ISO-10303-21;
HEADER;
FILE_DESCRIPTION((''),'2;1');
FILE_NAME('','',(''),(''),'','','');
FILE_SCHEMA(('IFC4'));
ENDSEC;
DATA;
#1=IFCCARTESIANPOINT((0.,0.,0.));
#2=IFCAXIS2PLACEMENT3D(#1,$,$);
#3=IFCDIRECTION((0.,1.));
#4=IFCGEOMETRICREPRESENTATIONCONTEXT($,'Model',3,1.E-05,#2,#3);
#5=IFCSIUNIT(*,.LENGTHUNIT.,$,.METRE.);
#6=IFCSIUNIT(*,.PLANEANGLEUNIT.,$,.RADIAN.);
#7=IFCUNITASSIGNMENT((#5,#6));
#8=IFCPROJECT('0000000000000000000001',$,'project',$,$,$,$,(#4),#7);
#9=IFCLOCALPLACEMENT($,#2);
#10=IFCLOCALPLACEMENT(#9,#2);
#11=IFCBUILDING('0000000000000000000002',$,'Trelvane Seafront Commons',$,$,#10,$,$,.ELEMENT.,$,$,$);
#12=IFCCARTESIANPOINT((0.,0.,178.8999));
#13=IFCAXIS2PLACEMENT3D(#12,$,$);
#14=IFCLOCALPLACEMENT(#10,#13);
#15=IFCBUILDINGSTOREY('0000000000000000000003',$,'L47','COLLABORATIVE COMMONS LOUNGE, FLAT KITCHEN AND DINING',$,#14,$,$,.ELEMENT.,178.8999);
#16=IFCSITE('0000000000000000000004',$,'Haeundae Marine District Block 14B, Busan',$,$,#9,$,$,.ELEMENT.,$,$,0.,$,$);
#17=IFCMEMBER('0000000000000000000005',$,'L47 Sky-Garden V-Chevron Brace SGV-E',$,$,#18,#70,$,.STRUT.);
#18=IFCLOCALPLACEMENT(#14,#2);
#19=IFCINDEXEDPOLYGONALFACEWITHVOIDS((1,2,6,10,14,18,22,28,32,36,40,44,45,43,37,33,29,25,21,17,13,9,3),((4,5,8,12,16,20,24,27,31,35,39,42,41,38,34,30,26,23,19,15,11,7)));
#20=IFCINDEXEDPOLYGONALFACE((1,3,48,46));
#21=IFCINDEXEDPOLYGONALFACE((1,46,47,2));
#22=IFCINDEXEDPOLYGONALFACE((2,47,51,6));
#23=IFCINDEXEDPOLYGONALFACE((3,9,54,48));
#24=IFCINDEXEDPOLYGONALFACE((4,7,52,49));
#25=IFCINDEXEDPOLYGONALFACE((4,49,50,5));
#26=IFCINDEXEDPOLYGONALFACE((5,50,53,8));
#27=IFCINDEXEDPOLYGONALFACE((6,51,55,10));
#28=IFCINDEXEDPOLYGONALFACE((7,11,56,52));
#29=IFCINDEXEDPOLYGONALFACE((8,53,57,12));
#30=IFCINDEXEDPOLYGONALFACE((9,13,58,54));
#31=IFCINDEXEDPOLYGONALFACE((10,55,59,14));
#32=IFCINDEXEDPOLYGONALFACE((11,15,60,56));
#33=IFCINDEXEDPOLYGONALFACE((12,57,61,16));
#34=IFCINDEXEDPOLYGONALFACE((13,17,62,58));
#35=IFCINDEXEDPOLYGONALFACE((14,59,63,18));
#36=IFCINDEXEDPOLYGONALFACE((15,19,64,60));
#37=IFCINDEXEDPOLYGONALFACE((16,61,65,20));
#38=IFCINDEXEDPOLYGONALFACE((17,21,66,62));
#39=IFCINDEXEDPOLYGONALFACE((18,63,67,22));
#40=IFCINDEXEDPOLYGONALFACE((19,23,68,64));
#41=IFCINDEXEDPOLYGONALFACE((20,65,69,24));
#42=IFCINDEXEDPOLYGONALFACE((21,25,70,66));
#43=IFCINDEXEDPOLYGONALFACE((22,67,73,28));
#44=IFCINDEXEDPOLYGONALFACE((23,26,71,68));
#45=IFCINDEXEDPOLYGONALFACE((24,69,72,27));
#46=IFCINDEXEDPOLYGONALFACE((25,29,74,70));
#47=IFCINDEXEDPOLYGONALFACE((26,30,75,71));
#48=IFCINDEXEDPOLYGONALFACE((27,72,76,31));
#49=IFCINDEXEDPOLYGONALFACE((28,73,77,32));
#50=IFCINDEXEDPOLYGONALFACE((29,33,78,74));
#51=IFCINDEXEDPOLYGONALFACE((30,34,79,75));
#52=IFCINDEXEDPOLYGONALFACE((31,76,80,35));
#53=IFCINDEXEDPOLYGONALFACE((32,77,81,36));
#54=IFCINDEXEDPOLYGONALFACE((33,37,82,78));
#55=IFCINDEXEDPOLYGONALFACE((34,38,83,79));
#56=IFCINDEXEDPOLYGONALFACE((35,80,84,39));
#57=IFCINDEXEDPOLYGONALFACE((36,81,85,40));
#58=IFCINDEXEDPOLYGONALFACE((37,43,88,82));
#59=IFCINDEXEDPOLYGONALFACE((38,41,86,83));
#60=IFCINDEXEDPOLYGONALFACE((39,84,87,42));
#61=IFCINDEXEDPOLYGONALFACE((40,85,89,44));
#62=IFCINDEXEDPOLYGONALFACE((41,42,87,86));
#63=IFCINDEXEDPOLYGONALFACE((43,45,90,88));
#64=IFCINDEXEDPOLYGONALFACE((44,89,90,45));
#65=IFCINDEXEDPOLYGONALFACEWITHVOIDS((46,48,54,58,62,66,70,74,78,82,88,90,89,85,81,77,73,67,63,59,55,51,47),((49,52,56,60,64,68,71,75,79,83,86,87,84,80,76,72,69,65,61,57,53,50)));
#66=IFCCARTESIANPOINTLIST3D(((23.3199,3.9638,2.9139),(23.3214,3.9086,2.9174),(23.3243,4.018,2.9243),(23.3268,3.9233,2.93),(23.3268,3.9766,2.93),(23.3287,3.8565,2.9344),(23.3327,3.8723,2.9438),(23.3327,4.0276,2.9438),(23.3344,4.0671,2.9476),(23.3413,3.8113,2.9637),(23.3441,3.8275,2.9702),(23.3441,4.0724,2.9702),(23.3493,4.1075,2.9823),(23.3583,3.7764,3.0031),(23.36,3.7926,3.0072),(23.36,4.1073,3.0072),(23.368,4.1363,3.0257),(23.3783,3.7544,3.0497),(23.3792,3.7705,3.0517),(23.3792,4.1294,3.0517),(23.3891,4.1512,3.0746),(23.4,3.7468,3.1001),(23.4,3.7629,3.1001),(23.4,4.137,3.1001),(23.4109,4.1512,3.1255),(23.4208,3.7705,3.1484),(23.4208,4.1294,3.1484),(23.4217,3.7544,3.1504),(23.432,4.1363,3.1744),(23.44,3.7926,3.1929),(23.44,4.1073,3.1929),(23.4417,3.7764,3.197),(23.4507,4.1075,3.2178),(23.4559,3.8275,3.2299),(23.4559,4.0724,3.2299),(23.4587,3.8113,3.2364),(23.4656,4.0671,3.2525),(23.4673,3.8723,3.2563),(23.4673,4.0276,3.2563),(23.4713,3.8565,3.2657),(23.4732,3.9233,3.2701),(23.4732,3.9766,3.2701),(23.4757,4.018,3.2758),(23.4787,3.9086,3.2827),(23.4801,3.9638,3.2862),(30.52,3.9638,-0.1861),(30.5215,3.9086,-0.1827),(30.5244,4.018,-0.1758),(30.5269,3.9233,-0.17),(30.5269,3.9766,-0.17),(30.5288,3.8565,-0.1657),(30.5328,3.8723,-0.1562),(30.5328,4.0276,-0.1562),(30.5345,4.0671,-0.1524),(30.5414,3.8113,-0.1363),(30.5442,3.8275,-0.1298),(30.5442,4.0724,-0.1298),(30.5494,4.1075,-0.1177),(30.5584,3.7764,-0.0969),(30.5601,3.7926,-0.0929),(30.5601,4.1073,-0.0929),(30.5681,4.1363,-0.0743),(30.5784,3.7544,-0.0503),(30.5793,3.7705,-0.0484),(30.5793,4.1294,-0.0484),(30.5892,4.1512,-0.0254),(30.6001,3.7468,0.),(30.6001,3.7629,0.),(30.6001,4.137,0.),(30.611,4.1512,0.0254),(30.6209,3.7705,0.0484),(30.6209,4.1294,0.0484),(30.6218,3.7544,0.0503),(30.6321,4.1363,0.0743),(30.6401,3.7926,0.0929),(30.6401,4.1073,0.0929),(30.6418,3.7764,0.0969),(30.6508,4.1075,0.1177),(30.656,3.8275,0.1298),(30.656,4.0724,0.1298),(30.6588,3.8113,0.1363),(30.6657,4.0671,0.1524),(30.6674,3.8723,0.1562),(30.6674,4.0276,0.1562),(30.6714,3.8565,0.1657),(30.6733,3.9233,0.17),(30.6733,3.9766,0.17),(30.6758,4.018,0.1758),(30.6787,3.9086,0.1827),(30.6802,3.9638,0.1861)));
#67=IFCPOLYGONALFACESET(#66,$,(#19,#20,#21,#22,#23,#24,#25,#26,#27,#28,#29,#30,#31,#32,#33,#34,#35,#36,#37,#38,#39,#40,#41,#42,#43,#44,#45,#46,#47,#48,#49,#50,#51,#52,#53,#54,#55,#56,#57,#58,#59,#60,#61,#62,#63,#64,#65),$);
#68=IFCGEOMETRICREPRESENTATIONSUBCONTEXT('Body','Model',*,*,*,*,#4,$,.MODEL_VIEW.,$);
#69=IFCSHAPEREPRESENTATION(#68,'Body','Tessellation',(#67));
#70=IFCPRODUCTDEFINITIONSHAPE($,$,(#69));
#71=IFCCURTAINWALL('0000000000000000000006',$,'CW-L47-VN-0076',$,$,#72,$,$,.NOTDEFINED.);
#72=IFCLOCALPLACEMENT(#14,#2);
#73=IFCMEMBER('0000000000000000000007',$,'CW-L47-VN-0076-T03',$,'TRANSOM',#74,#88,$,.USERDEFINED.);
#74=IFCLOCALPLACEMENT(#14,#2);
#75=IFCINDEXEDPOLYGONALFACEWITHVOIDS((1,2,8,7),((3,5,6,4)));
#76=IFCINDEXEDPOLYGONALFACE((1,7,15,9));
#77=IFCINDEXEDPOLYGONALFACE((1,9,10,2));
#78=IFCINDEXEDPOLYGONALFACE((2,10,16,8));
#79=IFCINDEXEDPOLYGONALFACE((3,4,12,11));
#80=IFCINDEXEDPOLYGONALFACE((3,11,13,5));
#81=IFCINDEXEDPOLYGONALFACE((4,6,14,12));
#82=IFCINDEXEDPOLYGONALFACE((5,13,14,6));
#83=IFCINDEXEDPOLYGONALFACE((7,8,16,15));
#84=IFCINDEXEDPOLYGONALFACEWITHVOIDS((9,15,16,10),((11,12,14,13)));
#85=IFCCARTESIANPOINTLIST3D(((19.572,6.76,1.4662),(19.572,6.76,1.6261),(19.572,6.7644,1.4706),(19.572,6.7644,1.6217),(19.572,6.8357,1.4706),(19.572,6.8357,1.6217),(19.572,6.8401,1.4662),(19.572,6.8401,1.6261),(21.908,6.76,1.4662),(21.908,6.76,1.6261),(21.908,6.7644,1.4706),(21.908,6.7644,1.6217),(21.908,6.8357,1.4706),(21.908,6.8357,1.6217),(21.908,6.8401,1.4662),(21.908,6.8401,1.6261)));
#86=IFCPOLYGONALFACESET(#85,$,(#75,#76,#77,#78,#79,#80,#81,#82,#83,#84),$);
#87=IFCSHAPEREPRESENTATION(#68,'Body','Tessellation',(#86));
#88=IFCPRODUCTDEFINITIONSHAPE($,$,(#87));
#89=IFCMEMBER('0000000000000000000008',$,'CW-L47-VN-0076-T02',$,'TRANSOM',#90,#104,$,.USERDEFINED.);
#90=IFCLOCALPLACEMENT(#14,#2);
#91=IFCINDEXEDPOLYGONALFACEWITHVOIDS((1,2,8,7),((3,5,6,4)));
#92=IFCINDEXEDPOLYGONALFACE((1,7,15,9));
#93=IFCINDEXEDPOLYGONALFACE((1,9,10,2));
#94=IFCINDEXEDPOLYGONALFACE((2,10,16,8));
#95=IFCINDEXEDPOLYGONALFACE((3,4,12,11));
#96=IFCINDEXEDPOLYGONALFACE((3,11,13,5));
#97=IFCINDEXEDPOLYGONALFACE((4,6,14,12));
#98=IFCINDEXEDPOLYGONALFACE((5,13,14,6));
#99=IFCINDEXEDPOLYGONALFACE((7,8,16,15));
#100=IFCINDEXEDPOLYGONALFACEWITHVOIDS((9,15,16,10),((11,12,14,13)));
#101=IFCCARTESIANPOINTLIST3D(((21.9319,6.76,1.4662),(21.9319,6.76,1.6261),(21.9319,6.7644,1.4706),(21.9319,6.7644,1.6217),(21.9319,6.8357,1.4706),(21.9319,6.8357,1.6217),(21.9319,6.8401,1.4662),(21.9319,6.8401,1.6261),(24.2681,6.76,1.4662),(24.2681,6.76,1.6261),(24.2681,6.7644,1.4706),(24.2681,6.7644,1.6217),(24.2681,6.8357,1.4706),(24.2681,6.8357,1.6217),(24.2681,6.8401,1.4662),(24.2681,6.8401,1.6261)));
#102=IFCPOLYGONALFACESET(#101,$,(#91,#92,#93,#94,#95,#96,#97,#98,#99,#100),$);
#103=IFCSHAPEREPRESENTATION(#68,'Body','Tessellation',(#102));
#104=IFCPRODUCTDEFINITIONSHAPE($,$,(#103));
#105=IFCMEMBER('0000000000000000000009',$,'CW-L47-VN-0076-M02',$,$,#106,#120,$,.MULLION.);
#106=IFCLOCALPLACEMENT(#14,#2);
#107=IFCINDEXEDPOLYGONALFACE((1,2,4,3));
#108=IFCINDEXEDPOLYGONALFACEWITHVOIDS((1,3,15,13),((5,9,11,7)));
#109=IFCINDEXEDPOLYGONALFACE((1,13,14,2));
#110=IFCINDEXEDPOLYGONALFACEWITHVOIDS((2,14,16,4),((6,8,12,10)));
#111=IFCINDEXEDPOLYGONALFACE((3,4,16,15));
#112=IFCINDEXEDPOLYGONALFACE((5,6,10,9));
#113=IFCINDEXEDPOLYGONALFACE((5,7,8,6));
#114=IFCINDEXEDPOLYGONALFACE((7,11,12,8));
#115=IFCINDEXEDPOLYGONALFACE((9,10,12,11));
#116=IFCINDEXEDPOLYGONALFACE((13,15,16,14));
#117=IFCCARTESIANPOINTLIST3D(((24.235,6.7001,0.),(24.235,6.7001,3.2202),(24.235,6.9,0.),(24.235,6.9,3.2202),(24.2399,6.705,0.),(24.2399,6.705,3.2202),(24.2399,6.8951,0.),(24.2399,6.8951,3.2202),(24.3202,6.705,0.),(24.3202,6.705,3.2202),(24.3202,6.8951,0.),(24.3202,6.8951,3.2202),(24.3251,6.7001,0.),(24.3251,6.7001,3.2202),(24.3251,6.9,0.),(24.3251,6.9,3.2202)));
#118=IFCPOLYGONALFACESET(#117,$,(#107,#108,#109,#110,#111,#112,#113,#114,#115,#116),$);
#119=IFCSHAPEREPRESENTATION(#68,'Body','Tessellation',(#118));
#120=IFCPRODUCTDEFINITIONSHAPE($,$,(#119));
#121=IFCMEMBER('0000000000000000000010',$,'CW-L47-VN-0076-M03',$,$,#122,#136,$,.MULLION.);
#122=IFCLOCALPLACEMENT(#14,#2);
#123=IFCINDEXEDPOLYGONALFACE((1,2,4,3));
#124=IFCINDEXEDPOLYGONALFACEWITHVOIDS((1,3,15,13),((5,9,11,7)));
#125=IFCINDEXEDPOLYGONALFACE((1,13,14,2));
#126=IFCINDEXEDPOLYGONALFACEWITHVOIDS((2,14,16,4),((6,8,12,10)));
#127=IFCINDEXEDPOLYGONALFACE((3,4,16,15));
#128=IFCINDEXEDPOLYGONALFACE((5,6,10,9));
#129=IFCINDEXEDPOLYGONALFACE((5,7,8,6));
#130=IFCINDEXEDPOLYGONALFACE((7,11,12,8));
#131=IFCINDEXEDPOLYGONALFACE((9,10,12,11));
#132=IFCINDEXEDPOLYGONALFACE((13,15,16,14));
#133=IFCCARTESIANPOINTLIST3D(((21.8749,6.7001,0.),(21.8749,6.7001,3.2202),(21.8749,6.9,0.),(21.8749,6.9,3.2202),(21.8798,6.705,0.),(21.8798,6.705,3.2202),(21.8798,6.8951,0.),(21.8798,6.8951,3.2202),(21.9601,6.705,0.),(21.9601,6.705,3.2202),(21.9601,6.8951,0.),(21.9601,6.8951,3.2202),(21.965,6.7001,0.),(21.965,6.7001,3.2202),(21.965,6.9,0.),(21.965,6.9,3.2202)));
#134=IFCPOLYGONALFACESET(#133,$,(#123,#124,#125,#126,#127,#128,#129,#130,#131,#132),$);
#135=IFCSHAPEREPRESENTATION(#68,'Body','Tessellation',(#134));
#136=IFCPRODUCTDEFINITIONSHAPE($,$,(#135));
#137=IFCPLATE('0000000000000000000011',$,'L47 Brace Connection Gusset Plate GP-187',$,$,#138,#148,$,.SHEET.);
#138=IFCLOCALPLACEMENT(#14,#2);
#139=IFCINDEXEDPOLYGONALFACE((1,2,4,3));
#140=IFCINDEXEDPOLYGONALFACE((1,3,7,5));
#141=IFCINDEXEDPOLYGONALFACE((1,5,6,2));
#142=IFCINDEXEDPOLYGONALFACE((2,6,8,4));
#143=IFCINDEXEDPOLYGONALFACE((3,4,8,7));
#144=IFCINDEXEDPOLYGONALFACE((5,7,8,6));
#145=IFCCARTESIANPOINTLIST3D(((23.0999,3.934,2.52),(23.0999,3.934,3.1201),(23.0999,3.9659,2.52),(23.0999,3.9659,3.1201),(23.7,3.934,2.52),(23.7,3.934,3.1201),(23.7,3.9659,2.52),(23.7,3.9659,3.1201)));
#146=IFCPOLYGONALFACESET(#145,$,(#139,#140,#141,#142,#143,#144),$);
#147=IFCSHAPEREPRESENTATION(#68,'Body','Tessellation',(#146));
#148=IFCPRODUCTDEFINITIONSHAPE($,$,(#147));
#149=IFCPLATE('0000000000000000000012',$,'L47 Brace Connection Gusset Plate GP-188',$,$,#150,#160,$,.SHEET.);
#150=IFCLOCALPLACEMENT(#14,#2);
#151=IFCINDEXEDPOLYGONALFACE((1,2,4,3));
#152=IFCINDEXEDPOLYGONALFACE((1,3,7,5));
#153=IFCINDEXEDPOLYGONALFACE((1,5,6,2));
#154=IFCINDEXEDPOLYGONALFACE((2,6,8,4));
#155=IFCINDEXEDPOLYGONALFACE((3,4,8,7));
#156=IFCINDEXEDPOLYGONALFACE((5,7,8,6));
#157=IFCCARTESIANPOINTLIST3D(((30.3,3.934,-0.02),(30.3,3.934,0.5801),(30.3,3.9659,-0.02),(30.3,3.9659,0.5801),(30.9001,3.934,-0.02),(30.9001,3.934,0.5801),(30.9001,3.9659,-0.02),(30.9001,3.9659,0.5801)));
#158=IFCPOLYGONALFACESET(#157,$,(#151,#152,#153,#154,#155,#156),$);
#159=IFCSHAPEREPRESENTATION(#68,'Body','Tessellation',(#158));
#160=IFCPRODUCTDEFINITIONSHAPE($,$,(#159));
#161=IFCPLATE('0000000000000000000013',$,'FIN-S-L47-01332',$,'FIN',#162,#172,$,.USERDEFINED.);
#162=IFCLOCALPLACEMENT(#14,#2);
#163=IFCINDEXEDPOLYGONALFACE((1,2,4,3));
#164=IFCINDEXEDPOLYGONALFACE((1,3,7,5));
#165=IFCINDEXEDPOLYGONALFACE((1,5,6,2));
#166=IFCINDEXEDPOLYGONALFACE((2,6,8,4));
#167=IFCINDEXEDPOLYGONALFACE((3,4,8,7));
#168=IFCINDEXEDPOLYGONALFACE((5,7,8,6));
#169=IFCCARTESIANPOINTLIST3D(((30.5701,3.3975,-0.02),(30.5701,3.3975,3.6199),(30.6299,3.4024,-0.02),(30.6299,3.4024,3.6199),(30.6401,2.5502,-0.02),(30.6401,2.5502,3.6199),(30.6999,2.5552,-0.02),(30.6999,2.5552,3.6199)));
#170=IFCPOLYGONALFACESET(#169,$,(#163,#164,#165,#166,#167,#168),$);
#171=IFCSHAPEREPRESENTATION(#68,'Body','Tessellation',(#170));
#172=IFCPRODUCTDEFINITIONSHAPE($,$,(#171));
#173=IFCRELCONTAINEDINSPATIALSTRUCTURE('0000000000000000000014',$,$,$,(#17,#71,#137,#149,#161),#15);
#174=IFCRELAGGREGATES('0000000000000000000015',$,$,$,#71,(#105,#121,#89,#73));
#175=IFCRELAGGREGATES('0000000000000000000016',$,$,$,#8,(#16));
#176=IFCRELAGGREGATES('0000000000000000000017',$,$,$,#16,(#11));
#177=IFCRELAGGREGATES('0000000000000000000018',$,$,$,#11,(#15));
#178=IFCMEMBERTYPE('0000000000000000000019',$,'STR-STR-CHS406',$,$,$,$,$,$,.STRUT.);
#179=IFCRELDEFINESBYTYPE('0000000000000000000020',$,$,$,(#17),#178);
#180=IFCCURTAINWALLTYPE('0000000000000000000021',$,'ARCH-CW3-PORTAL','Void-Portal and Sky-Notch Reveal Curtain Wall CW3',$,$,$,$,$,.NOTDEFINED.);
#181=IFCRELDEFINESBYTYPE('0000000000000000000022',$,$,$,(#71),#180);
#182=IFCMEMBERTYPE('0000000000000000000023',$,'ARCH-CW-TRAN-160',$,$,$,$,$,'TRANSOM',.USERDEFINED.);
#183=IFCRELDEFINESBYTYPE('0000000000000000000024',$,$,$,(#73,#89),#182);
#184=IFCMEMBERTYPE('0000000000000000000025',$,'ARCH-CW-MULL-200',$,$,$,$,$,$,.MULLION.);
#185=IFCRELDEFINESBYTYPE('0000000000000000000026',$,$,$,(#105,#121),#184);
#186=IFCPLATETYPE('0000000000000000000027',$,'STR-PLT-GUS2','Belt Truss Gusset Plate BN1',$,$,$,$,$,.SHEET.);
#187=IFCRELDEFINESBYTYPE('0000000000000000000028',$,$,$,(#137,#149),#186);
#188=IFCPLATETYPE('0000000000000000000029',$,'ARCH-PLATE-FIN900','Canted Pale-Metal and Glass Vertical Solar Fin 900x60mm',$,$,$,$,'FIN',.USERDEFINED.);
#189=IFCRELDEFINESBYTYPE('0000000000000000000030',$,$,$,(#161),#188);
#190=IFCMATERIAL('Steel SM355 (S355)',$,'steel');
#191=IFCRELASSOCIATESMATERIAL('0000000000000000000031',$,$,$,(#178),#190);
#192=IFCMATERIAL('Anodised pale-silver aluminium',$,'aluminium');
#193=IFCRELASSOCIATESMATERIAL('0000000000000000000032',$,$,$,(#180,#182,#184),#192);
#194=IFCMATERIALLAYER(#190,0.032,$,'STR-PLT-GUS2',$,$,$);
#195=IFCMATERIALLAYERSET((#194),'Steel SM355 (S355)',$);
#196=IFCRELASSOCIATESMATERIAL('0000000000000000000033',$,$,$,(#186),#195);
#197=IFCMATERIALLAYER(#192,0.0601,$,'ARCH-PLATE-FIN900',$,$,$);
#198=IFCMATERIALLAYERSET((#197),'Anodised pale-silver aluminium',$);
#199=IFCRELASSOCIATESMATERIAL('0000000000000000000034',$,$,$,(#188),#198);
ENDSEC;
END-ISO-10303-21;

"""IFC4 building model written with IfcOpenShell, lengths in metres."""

from ifc_helpers import new_model, si_unit, direction, frame, origin, origin_2d, place, context, subcontext, project, spatial, rectangle, hollow_rectangle, hollow_circle, extrude, source, transform, mapped, material, layer, layer_set, material_profile, profile_set, type_object, element, aggregate, save


model = new_model("IFC4")

# Units and contexts
model_context = context("Model", 3, precision=1e-05, world=origin(), true_north=direction((0.0, 1.0)))
body_context = subcontext(model_context, "Body", "Model", "MODEL_VIEW")
ifc_project = project(units=[si_unit("LENGTHUNIT", "METRE"), si_unit("PLANEANGLEUNIT", "RADIAN")], contexts=[model_context])

# Site, building, storey
site_placement = place(None, origin())
site = spatial("IfcSite", under=ifc_project, at=site_placement, Name="Haeundae Marine District Block 14B, Busan", CompositionType="ELEMENT", RefElevation=0.0)
building_placement = place(site_placement, origin())
building = spatial("IfcBuilding", under=site, at=building_placement, Name="Trelvane Seafront Commons", CompositionType="ELEMENT")
storey_placement = place(building_placement, frame((0.0, 0.0, 178.8999)))
storey = spatial("IfcBuildingStorey", under=building, at=storey_placement, Name="L47", Description="COLLABORATIVE COMMONS LOUNGE, FLAT KITCHEN AND DINING", CompositionType="ELEMENT", Elevation=178.8999)

# Shared definitions
ifc_material_1 = material(Name="Steel SM355 (S355)", Category="steel")

# Member
ifc_material_profile_1 = material_profile(ifc_material_1, hollow_circle(Radius=0.2031, WallThickness=0.0161, at=origin_2d()), Name="CHS-406.4x16")
ifc_profile_set_1 = profile_set([ifc_material_profile_1], Name="Steel SM355 (S355)")
member_type_1 = type_object("IfcMemberType", Name="STR-STR-CHS406", PredefinedType="STRUT", material=ifc_profile_set_1)
shared_shape_1 = source(origin(), body_context, "Body", "SweptSolid", [
    extrude(hollow_circle(Radius=0.2031, WallThickness=0.0161, at=origin_2d()), origin(), (0.0, 0.0, 1.0), 7.8391),
])
member_1_placement = place(storey_placement, frame((30.6001, 3.95, 0.0), z_axis=(-0.918483, 0.0, 0.39546), x_axis=(0.0, -1.0, 0.0)))
element("IfcMember", 1, at=member_1_placement, inside=storey, type_object=member_type_1, Name="L47 Sky-Garden V-Chevron Brace SGV-E", PredefinedType="STRUT", context=body_context, shape_type="MappedRepresentation", body=[
    mapped(shared_shape_1, transform((0.0, 0.0, 0.0), x_axis=(1.0, 0.0, 0.0), y_axis=(0.0, 1.0, 0.0), z_axis=(0.0, 0.0, 1.0), scale=1.0)),
])

# Curtain wall, members
ifc_material_2 = material(Name="Anodised pale-silver aluminium", Category="aluminium")
curtain_wall_type = type_object("IfcCurtainWallType", Name="ARCH-CW3-PORTAL", Description="Void-Portal and Sky-Notch Reveal Curtain Wall CW3", PredefinedType="NOTDEFINED", material=ifc_material_2)
curtain_wall_placement = place(storey_placement, origin())
curtain_wall = element("IfcCurtainWall", 2, at=curtain_wall_placement, inside=storey, type_object=curtain_wall_type, Name="CW-L47-VN-0076", PredefinedType="NOTDEFINED")
ifc_material_profile_2 = material_profile(ifc_material_2, hollow_rectangle(XDim=0.0801, YDim=0.1599, WallThickness=0.0044, at=origin_2d()), Name="TRAN-80x160x4.5")
ifc_profile_set_2 = profile_set([ifc_material_profile_2], Name="Anodised pale-silver aluminium")
member_type_2 = type_object("IfcMemberType", Name="ARCH-CW-TRAN-160", ElementType="TRANSOM", PredefinedType="USERDEFINED", material=ifc_profile_set_2)
shared_shape_2 = source(origin(), body_context, "Body", "SweptSolid", [
    extrude(hollow_rectangle(XDim=0.0801, YDim=0.1599, WallThickness=0.0044, at=origin_2d()), origin(), (0.0, 0.0, 1.0), 2.3359),
])
member_2_placement = place(storey_placement, frame((21.908, 6.8, 1.5461), z_axis=(-1.0, 0.0, 0.0), x_axis=(0.0, -1.0, 0.0)))
member_2 = element("IfcMember", 3, at=member_2_placement, type_object=member_type_2, Name="CW-L47-VN-0076-T03", ObjectType="TRANSOM", PredefinedType="USERDEFINED", context=body_context, shape_type="MappedRepresentation", body=[
    mapped(shared_shape_2, transform((0.0, 0.0, 0.0), x_axis=(1.0, 0.0, 0.0), y_axis=(0.0, 1.0, 0.0), z_axis=(0.0, 0.0, 1.0), scale=1.0)),
])
shared_shape_3 = source(origin(), body_context, "Body", "SweptSolid", [
    extrude(hollow_rectangle(XDim=0.0801, YDim=0.1599, WallThickness=0.0044, at=origin_2d()), origin(), (0.0, 0.0, 1.0), 2.3362),
])
member_3_placement = place(storey_placement, frame((24.2681, 6.8, 1.5461), z_axis=(-1.0, 0.0, 0.0), x_axis=(0.0, -1.0, 0.0)))
member_3 = element("IfcMember", 4, at=member_3_placement, type_object=member_type_2, Name="CW-L47-VN-0076-T02", ObjectType="TRANSOM", PredefinedType="USERDEFINED", context=body_context, shape_type="MappedRepresentation", body=[
    mapped(shared_shape_3, transform((0.0, 0.0, 0.0), x_axis=(1.0, 0.0, 0.0), y_axis=(0.0, 1.0, 0.0), z_axis=(0.0, 0.0, 1.0), scale=1.0)),
])
ifc_material_profile_3 = material_profile(ifc_material_2, hollow_rectangle(XDim=0.0901, YDim=0.2, WallThickness=0.0049, at=origin_2d()), Name="MULL-90x200x5")
ifc_profile_set_3 = profile_set([ifc_material_profile_3], Name="Anodised pale-silver aluminium")
member_type_3 = type_object("IfcMemberType", Name="ARCH-CW-MULL-200", PredefinedType="MULLION", material=ifc_profile_set_3)
shared_shape_4 = source(origin(), body_context, "Body", "SweptSolid", [
    extrude(hollow_rectangle(XDim=0.0901, YDim=0.2, WallThickness=0.0049, at=origin_2d()), origin(), (0.0, 0.0, 1.0), 3.2202),
])
member_4_placement = place(storey_placement, frame((24.28, 6.8, 0.0), z_axis=(0.0, 0.0, 1.0), x_axis=(1.0, 0.0, 0.0)))
member_4 = element("IfcMember", 5, at=member_4_placement, type_object=member_type_3, Name="CW-L47-VN-0076-M02", PredefinedType="MULLION", context=body_context, shape_type="MappedRepresentation", body=[
    mapped(shared_shape_4, transform((0.0, 0.0, 0.0), x_axis=(1.0, 0.0, 0.0), y_axis=(0.0, 1.0, 0.0), z_axis=(0.0, 0.0, 1.0), scale=1.0)),
])
member_5_placement = place(storey_placement, frame((21.9199, 6.8, 0.0), z_axis=(0.0, 0.0, 1.0), x_axis=(1.0, 0.0, 0.0)))
member_5 = element("IfcMember", 6, at=member_5_placement, type_object=member_type_3, Name="CW-L47-VN-0076-M03", PredefinedType="MULLION", context=body_context, shape_type="MappedRepresentation", body=[
    mapped(shared_shape_4, transform((0.0, 0.0, 0.0), x_axis=(1.0, 0.0, 0.0), y_axis=(0.0, 1.0, 0.0), z_axis=(0.0, 0.0, 1.0), scale=1.0)),
])

# Plates
ifc_layer_1 = layer(ifc_material_1, 0.032, Name="STR-PLT-GUS2")
ifc_layer_set_1 = layer_set([ifc_layer_1], Name="Steel SM355 (S355)")
plate_type_1 = type_object("IfcPlateType", Name="STR-PLT-GUS2", Description="Belt Truss Gusset Plate BN1", PredefinedType="SHEET", material=ifc_layer_set_1)
shared_shape_5 = source(origin(), body_context, "Body", "SweptSolid", [
    extrude(rectangle(XDim=0.6001, YDim=0.032, at=origin_2d()), origin(), (0.0, 0.0, 1.0), 0.6001),
])
for number, where, z_axis, x_axis, name in (
    (7, (23.3999, 3.95, 2.52), (0.0, 0.0, 1.0), (1.0, 0.0, 0.0), "L47 Brace Connection Gusset Plate GP-187"),
    (8, (30.6001, 3.95, -0.02), (0.0, 0.0, 1.0), (1.0, 0.0, 0.0), "L47 Brace Connection Gusset Plate GP-188"),
):
    element("IfcPlate", number, at=place(storey_placement, frame(where, z_axis=z_axis, x_axis=x_axis)), inside=storey, type_object=plate_type_1, Name=name, PredefinedType="SHEET", context=body_context, shape_type="MappedRepresentation", body=[
        mapped(shared_shape_5, transform((0.0, 0.0, 0.0), x_axis=(1.0, 0.0, 0.0), y_axis=(0.0, 1.0, 0.0), z_axis=(0.0, 0.0, 1.0), scale=1.0)),
    ])
ifc_layer_2 = layer(ifc_material_2, 0.0601, Name="ARCH-PLATE-FIN900")
ifc_layer_set_2 = layer_set([ifc_layer_2], Name="Anodised pale-silver aluminium")
plate_type_2 = type_object("IfcPlateType", Name="ARCH-PLATE-FIN900", Description="Canted Pale-Metal and Glass Vertical Solar Fin 900x60mm", ElementType="FIN", PredefinedType="USERDEFINED", material=ifc_layer_set_2)
shared_shape_6 = source(origin(), body_context, "Body", "SweptSolid", [
    extrude(rectangle(XDim=0.8501, YDim=0.0601, at=origin_2d()), origin(), (0.0, 0.0, 1.0), 3.6399),
])
plate_1_placement = place(storey_placement, frame((30.635, 2.9763, -0.02), z_axis=(0.0, 0.0, 1.0), x_axis=(0.082354, -0.996603, 0.0)))
element("IfcPlate", 9, at=plate_1_placement, inside=storey, type_object=plate_type_2, Name="FIN-S-L47-01332", ObjectType="FIN", PredefinedType="USERDEFINED", context=body_context, shape_type="MappedRepresentation", body=[
    mapped(shared_shape_6, transform((0.0, 0.0, 0.0), x_axis=(1.0, 0.0, 0.0), y_axis=(0.0, 1.0, 0.0), z_axis=(0.0, 0.0, 1.0), scale=1.0)),
])

aggregate(curtain_wall, [member_4, member_5, member_3, member_2])

save(model, "model.ifc")
